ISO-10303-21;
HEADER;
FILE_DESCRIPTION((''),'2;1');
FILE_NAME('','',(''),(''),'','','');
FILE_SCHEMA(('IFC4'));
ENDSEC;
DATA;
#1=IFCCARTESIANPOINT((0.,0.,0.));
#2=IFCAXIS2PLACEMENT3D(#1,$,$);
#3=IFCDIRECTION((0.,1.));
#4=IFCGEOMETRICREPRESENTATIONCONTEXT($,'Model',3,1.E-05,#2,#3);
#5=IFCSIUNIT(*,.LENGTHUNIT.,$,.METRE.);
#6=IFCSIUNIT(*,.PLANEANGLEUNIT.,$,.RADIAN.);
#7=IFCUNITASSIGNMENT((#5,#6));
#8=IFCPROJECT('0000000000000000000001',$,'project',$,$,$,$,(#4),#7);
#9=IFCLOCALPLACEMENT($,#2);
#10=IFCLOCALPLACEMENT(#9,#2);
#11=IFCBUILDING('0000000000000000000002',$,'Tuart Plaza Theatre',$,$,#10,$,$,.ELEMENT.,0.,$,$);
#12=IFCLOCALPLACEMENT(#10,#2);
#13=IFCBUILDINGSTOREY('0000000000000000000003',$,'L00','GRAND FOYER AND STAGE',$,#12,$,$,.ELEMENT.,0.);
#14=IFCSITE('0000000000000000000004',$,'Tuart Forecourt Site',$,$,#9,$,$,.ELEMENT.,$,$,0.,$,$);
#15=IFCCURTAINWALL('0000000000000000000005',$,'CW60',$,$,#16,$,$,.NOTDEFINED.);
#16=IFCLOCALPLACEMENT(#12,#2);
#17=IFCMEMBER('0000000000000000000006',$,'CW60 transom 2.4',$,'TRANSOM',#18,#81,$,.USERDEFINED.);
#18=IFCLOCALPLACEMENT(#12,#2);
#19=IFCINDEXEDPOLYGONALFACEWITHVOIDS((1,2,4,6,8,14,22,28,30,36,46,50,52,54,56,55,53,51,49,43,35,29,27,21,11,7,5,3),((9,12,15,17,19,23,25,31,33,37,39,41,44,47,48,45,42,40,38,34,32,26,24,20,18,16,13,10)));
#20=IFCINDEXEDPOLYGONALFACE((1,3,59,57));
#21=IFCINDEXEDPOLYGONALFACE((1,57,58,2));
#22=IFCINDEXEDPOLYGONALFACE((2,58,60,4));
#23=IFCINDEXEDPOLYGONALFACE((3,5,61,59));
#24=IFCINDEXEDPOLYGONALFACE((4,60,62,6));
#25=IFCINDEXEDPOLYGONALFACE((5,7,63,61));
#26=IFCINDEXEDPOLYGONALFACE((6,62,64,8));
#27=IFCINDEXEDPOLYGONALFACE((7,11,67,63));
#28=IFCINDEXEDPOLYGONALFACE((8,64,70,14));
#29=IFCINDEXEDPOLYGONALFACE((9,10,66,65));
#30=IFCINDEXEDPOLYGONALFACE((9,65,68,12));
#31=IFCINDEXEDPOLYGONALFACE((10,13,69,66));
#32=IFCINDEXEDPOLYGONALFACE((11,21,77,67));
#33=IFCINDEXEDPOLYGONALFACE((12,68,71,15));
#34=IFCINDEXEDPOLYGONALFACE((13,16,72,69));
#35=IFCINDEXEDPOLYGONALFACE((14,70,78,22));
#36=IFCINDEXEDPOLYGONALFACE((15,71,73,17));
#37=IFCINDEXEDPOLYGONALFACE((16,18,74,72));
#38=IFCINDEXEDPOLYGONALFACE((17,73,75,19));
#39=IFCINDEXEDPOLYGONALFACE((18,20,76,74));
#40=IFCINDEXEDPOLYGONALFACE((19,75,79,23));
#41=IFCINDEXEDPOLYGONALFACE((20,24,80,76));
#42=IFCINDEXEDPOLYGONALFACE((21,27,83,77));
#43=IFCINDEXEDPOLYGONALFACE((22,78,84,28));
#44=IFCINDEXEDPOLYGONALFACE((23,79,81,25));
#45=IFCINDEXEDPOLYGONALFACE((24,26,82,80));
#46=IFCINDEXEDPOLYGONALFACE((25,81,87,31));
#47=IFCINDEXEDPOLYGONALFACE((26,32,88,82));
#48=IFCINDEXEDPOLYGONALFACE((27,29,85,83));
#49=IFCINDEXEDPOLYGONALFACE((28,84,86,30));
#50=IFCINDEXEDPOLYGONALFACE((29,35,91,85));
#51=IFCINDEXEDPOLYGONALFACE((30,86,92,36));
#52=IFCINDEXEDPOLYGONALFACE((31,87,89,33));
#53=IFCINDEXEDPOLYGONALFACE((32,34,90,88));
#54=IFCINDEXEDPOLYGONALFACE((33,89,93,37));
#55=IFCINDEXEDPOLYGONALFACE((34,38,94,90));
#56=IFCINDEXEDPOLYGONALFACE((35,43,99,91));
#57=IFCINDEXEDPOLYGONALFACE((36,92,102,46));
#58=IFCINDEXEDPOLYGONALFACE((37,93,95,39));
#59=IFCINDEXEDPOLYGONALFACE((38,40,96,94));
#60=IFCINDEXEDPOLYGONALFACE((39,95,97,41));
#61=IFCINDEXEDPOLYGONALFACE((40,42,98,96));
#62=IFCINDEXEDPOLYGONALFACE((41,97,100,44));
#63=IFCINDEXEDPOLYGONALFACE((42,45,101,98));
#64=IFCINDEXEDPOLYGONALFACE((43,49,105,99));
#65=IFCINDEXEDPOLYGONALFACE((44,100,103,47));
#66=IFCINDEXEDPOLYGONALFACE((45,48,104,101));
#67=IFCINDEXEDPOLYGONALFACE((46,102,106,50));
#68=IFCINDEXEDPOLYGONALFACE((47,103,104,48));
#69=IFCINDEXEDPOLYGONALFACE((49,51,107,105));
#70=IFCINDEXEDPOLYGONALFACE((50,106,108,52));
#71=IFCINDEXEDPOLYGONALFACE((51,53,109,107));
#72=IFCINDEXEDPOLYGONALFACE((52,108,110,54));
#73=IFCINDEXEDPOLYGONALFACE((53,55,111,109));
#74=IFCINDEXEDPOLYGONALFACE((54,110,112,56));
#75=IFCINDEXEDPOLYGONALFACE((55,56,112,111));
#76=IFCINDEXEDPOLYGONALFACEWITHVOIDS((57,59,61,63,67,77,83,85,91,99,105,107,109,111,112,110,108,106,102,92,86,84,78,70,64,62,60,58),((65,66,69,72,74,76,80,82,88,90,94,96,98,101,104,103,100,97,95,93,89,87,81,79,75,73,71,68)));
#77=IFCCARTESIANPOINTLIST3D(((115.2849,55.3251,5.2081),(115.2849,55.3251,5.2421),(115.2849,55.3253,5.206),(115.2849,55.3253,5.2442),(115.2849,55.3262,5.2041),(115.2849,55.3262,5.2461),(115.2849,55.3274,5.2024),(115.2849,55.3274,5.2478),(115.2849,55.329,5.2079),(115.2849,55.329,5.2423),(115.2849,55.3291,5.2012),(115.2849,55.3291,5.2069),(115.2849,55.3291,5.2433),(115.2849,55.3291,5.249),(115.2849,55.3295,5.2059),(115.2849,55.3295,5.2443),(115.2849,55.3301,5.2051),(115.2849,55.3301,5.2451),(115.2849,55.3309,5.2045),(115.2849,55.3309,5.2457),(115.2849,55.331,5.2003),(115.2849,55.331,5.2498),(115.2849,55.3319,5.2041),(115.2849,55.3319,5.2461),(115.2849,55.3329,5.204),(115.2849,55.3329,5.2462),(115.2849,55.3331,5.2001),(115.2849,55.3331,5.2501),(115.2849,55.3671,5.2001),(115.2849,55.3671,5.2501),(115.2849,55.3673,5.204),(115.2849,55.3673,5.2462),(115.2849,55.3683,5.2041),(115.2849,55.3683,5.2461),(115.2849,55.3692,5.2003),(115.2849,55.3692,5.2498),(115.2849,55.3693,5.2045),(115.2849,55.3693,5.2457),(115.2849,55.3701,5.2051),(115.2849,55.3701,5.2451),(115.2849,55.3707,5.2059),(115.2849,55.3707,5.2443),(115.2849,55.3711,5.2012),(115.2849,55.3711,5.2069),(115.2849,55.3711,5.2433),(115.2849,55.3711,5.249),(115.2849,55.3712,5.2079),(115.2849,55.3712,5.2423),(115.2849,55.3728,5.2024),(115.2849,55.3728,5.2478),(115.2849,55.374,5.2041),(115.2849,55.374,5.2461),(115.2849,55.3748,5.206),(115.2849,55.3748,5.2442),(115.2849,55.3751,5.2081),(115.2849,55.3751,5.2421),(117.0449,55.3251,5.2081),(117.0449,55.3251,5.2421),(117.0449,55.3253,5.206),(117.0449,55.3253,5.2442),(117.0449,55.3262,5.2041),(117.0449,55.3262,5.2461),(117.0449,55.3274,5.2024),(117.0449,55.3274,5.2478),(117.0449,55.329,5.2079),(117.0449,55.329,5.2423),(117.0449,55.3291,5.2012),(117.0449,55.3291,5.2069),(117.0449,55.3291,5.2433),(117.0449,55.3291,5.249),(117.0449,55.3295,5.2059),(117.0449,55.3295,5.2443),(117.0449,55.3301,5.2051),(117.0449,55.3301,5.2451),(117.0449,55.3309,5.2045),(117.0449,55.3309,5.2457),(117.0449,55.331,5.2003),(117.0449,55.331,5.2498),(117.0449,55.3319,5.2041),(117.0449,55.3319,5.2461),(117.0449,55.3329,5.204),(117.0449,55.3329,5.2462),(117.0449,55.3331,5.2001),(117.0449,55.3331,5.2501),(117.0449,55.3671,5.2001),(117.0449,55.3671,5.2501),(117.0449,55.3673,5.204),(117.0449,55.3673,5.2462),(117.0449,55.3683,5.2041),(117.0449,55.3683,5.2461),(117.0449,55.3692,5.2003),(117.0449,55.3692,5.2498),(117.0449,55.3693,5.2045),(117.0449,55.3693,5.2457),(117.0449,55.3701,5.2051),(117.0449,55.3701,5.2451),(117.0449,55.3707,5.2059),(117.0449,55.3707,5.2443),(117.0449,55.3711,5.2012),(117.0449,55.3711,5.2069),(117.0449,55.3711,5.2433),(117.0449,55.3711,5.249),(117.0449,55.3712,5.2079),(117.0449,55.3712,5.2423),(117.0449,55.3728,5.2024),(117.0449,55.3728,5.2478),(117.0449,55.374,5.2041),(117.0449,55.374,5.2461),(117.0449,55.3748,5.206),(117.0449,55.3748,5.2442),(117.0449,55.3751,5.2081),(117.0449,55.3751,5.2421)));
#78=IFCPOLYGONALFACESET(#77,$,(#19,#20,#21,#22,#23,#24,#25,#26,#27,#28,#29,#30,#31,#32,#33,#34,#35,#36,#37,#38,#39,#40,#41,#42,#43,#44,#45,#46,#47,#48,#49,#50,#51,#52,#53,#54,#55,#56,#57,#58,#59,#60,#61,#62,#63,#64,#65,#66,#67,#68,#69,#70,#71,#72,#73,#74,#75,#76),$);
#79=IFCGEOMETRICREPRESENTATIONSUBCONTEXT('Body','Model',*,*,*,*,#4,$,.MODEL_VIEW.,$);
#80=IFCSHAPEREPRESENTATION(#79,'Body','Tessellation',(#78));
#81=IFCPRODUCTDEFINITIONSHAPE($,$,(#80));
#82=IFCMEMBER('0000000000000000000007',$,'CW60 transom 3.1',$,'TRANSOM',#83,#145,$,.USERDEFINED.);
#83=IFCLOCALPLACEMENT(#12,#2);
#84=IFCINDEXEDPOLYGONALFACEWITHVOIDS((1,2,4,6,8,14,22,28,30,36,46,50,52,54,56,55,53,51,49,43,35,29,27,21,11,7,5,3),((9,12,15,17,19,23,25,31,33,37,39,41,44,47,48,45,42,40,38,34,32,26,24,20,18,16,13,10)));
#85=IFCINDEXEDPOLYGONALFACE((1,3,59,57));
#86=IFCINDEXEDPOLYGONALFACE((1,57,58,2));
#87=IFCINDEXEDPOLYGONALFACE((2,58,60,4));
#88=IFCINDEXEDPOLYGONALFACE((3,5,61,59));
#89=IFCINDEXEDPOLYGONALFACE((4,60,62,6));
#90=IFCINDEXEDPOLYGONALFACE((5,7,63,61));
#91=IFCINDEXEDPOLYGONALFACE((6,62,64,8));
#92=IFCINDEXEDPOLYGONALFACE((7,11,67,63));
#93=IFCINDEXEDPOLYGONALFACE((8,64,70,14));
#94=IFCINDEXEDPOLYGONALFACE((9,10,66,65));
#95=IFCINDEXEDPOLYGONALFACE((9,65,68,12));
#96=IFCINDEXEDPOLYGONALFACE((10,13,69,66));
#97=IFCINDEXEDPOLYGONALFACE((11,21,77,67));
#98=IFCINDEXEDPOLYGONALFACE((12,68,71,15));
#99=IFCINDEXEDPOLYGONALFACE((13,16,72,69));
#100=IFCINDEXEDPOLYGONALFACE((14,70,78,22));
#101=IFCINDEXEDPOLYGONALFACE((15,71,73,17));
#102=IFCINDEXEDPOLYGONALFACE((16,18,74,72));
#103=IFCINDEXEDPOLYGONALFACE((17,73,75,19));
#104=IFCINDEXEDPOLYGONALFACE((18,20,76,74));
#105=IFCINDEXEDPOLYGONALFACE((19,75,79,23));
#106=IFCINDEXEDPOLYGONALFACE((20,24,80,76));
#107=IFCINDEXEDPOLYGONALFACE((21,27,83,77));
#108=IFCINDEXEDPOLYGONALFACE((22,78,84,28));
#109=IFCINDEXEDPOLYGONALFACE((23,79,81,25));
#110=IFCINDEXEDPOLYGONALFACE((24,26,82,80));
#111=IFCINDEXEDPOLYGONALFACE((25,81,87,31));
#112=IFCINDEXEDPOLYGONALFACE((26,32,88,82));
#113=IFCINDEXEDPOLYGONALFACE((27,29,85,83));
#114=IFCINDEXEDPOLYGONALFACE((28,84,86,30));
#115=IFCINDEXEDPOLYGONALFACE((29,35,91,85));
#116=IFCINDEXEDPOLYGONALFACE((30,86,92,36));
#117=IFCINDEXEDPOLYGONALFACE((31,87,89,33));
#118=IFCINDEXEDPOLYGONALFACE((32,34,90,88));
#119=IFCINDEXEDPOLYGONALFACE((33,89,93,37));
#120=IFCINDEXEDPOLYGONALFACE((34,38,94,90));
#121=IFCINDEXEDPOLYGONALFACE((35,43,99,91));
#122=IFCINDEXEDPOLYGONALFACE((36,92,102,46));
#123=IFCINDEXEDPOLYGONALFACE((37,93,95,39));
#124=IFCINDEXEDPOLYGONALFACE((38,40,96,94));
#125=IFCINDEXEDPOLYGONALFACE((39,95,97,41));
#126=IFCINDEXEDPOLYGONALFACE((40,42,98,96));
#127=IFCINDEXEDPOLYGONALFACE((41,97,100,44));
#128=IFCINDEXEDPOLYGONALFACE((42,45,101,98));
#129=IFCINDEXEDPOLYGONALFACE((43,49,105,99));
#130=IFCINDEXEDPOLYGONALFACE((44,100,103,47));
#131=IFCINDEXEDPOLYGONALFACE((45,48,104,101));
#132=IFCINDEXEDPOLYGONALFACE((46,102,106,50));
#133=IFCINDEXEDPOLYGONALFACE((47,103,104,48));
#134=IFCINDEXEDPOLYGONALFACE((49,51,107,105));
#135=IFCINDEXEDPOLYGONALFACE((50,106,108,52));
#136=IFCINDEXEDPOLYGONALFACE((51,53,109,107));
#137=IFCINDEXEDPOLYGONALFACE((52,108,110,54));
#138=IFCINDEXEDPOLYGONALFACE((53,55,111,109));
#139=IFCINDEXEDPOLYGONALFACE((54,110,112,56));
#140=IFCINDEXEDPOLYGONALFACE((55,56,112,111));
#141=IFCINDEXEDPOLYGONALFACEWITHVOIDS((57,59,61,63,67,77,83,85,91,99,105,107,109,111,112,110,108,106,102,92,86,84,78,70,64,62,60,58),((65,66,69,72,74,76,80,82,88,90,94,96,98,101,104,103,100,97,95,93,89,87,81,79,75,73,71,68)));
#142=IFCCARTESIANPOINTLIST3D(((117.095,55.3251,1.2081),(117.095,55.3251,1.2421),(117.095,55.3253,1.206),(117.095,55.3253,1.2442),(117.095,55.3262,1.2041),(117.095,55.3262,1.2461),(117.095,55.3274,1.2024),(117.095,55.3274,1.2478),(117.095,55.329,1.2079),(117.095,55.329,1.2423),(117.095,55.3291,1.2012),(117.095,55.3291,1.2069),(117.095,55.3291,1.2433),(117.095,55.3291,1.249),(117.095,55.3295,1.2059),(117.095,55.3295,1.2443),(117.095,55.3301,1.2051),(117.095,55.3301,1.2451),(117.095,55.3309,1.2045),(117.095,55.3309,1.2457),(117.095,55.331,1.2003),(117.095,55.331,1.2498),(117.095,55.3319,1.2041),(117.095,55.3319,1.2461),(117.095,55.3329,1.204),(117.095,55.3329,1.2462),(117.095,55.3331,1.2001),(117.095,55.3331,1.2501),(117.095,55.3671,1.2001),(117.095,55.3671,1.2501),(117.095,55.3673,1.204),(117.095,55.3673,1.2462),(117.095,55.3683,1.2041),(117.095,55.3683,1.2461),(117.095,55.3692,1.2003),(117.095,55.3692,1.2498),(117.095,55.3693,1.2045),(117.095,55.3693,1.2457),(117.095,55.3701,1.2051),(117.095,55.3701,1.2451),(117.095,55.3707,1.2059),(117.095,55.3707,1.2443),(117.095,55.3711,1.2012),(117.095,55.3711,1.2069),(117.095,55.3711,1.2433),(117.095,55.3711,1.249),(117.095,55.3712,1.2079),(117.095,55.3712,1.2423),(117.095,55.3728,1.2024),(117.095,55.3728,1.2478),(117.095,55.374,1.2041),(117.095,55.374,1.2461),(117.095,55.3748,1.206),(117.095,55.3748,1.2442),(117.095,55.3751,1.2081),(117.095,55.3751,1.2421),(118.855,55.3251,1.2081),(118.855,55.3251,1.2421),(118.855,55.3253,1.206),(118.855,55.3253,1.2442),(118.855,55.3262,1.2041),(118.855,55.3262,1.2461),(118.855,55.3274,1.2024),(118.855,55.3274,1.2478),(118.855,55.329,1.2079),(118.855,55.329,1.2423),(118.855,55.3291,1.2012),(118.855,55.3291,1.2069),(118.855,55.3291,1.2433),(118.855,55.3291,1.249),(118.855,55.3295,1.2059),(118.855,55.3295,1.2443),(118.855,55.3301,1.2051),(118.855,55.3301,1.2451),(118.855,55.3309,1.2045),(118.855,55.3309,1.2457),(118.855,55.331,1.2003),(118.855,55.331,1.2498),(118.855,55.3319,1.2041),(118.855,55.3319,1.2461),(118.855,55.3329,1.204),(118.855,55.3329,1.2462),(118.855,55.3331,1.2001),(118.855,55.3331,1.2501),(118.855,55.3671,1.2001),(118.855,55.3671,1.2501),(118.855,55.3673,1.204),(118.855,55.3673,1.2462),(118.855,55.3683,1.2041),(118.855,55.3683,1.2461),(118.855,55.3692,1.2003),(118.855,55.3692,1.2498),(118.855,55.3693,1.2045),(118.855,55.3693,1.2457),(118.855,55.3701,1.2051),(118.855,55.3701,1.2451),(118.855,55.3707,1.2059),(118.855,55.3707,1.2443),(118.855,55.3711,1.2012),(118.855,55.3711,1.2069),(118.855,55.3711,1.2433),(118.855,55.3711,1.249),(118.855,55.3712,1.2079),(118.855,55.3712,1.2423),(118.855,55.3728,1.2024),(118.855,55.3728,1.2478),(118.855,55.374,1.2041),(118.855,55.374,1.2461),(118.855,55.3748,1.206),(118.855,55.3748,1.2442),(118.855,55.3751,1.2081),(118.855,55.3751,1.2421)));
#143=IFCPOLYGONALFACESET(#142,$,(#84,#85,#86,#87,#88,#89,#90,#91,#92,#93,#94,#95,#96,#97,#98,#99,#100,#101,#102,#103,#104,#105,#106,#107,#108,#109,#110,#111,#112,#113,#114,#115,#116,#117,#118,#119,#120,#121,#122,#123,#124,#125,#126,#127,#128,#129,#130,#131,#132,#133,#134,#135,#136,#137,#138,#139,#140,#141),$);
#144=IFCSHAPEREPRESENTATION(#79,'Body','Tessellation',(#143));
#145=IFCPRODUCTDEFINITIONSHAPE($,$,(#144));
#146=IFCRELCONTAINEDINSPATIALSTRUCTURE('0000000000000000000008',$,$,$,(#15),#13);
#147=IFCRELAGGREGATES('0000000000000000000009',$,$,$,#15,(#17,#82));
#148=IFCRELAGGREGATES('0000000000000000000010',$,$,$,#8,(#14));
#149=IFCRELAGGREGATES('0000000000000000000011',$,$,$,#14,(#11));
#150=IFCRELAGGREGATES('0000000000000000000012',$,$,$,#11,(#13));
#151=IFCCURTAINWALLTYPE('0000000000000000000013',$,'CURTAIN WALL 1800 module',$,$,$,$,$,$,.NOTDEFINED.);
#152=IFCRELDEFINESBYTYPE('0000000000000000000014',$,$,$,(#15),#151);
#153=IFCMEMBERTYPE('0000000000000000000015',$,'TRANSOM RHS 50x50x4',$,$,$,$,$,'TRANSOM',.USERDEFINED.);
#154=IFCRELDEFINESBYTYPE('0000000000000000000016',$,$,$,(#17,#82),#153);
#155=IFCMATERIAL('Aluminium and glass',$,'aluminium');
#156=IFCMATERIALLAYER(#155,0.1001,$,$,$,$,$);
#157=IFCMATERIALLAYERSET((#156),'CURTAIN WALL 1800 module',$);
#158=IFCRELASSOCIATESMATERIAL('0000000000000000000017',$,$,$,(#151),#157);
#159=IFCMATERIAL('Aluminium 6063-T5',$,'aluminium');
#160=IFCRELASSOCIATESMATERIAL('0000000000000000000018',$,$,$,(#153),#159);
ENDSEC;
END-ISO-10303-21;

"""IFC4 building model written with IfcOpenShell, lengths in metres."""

from ifc_helpers import new_model, si_unit, direction, frame, origin, origin_2d, place, context, subcontext, project, spatial, hollow_rectangle, extrude, material, layer, layer_set, material_profile, profile_set, type_object, element, aggregate, save


model = new_model("IFC4")

# Units and contexts
model_context = context("Model", 3, precision=1e-05, world=origin(), true_north=direction((0.0, 1.0)))
body_context = subcontext(model_context, "Body", "Model", "MODEL_VIEW")
ifc_project = project(units=[si_unit("LENGTHUNIT", "METRE"), si_unit("PLANEANGLEUNIT", "RADIAN")], contexts=[model_context])

# Site, building, storey
site_placement = place(None, origin())
site = spatial("IfcSite", under=ifc_project, at=site_placement, Name="Tuart Forecourt Site", CompositionType="ELEMENT", RefElevation=0.0)
building_placement = place(site_placement, origin())
building = spatial("IfcBuilding", under=site, at=building_placement, Name="Tuart Plaza Theatre", CompositionType="ELEMENT", ElevationOfRefHeight=0.0)
storey_placement = place(building_placement, origin())
storey = spatial("IfcBuildingStorey", under=building, at=storey_placement, Name="L00", Description="GRAND FOYER AND STAGE", CompositionType="ELEMENT", Elevation=0.0)

# Curtain wall, members
ifc_material_1 = material(Name="Aluminium and glass", Category="aluminium")
ifc_layer_1 = layer(ifc_material_1, 0.1001)
ifc_layer_set_1 = layer_set([ifc_layer_1], Name="CURTAIN WALL 1800 module")
curtain_wall_type = type_object("IfcCurtainWallType", Name="CURTAIN WALL 1800 module", PredefinedType="NOTDEFINED", material=ifc_layer_set_1)
curtain_wall_placement = place(storey_placement, origin())
curtain_wall = element("IfcCurtainWall", 1, at=curtain_wall_placement, inside=storey, type_object=curtain_wall_type, Name="CW60", PredefinedType="NOTDEFINED")
ifc_material_2 = material(Name="Aluminium 6063-T5", Category="aluminium")
ifc_material_profile_1 = material_profile(ifc_material_2, hollow_rectangle(XDim=0.05, YDim=0.05, WallThickness=0.0039, InnerFilletRadius=0.0039, OuterFilletRadius=0.0081, at=origin_2d()), Name="RHS 50x50x4")
ifc_profile_set_1 = profile_set([ifc_material_profile_1], Name="Aluminium 6063-T5")
member_type_1 = type_object("IfcMemberType", Name="TRANSOM RHS 50x50x4", ElementType="TRANSOM", PredefinedType="USERDEFINED", material=ifc_profile_set_1)
member_1_placement = place(storey_placement, frame((115.2849, 55.3501, 5.2251), z_axis=(1.0, 0.0, 0.0), x_axis=(0.0, 1.0, 0.0)))
member_1 = element("IfcMember", 2, at=member_1_placement, type_object=member_type_1, Name="CW60 transom 2.4", ObjectType="TRANSOM", PredefinedType="USERDEFINED", context=body_context, shape_type="SweptSolid", body=[
    extrude(hollow_rectangle(XDim=0.05, YDim=0.05, WallThickness=0.0039, InnerFilletRadius=0.0039, OuterFilletRadius=0.0081, at=origin_2d()), origin(), (0.0, 0.0, 1.0), 1.76),
])
member_2_placement = place(storey_placement, frame((117.095, 55.3501, 1.2251), z_axis=(1.0, 0.0, 0.0), x_axis=(0.0, 1.0, 0.0)))
member_2 = element("IfcMember", 3, at=member_2_placement, type_object=member_type_1, Name="CW60 transom 3.1", ObjectType="TRANSOM", PredefinedType="USERDEFINED", context=body_context, shape_type="SweptSolid", body=[
    extrude(hollow_rectangle(XDim=0.05, YDim=0.05, WallThickness=0.0039, InnerFilletRadius=0.0039, OuterFilletRadius=0.0081, at=origin_2d()), origin(), (0.0, 0.0, 1.0), 1.76),
])
aggregate(curtain_wall, [member_1, member_2])

save(model, "model.ifc")
